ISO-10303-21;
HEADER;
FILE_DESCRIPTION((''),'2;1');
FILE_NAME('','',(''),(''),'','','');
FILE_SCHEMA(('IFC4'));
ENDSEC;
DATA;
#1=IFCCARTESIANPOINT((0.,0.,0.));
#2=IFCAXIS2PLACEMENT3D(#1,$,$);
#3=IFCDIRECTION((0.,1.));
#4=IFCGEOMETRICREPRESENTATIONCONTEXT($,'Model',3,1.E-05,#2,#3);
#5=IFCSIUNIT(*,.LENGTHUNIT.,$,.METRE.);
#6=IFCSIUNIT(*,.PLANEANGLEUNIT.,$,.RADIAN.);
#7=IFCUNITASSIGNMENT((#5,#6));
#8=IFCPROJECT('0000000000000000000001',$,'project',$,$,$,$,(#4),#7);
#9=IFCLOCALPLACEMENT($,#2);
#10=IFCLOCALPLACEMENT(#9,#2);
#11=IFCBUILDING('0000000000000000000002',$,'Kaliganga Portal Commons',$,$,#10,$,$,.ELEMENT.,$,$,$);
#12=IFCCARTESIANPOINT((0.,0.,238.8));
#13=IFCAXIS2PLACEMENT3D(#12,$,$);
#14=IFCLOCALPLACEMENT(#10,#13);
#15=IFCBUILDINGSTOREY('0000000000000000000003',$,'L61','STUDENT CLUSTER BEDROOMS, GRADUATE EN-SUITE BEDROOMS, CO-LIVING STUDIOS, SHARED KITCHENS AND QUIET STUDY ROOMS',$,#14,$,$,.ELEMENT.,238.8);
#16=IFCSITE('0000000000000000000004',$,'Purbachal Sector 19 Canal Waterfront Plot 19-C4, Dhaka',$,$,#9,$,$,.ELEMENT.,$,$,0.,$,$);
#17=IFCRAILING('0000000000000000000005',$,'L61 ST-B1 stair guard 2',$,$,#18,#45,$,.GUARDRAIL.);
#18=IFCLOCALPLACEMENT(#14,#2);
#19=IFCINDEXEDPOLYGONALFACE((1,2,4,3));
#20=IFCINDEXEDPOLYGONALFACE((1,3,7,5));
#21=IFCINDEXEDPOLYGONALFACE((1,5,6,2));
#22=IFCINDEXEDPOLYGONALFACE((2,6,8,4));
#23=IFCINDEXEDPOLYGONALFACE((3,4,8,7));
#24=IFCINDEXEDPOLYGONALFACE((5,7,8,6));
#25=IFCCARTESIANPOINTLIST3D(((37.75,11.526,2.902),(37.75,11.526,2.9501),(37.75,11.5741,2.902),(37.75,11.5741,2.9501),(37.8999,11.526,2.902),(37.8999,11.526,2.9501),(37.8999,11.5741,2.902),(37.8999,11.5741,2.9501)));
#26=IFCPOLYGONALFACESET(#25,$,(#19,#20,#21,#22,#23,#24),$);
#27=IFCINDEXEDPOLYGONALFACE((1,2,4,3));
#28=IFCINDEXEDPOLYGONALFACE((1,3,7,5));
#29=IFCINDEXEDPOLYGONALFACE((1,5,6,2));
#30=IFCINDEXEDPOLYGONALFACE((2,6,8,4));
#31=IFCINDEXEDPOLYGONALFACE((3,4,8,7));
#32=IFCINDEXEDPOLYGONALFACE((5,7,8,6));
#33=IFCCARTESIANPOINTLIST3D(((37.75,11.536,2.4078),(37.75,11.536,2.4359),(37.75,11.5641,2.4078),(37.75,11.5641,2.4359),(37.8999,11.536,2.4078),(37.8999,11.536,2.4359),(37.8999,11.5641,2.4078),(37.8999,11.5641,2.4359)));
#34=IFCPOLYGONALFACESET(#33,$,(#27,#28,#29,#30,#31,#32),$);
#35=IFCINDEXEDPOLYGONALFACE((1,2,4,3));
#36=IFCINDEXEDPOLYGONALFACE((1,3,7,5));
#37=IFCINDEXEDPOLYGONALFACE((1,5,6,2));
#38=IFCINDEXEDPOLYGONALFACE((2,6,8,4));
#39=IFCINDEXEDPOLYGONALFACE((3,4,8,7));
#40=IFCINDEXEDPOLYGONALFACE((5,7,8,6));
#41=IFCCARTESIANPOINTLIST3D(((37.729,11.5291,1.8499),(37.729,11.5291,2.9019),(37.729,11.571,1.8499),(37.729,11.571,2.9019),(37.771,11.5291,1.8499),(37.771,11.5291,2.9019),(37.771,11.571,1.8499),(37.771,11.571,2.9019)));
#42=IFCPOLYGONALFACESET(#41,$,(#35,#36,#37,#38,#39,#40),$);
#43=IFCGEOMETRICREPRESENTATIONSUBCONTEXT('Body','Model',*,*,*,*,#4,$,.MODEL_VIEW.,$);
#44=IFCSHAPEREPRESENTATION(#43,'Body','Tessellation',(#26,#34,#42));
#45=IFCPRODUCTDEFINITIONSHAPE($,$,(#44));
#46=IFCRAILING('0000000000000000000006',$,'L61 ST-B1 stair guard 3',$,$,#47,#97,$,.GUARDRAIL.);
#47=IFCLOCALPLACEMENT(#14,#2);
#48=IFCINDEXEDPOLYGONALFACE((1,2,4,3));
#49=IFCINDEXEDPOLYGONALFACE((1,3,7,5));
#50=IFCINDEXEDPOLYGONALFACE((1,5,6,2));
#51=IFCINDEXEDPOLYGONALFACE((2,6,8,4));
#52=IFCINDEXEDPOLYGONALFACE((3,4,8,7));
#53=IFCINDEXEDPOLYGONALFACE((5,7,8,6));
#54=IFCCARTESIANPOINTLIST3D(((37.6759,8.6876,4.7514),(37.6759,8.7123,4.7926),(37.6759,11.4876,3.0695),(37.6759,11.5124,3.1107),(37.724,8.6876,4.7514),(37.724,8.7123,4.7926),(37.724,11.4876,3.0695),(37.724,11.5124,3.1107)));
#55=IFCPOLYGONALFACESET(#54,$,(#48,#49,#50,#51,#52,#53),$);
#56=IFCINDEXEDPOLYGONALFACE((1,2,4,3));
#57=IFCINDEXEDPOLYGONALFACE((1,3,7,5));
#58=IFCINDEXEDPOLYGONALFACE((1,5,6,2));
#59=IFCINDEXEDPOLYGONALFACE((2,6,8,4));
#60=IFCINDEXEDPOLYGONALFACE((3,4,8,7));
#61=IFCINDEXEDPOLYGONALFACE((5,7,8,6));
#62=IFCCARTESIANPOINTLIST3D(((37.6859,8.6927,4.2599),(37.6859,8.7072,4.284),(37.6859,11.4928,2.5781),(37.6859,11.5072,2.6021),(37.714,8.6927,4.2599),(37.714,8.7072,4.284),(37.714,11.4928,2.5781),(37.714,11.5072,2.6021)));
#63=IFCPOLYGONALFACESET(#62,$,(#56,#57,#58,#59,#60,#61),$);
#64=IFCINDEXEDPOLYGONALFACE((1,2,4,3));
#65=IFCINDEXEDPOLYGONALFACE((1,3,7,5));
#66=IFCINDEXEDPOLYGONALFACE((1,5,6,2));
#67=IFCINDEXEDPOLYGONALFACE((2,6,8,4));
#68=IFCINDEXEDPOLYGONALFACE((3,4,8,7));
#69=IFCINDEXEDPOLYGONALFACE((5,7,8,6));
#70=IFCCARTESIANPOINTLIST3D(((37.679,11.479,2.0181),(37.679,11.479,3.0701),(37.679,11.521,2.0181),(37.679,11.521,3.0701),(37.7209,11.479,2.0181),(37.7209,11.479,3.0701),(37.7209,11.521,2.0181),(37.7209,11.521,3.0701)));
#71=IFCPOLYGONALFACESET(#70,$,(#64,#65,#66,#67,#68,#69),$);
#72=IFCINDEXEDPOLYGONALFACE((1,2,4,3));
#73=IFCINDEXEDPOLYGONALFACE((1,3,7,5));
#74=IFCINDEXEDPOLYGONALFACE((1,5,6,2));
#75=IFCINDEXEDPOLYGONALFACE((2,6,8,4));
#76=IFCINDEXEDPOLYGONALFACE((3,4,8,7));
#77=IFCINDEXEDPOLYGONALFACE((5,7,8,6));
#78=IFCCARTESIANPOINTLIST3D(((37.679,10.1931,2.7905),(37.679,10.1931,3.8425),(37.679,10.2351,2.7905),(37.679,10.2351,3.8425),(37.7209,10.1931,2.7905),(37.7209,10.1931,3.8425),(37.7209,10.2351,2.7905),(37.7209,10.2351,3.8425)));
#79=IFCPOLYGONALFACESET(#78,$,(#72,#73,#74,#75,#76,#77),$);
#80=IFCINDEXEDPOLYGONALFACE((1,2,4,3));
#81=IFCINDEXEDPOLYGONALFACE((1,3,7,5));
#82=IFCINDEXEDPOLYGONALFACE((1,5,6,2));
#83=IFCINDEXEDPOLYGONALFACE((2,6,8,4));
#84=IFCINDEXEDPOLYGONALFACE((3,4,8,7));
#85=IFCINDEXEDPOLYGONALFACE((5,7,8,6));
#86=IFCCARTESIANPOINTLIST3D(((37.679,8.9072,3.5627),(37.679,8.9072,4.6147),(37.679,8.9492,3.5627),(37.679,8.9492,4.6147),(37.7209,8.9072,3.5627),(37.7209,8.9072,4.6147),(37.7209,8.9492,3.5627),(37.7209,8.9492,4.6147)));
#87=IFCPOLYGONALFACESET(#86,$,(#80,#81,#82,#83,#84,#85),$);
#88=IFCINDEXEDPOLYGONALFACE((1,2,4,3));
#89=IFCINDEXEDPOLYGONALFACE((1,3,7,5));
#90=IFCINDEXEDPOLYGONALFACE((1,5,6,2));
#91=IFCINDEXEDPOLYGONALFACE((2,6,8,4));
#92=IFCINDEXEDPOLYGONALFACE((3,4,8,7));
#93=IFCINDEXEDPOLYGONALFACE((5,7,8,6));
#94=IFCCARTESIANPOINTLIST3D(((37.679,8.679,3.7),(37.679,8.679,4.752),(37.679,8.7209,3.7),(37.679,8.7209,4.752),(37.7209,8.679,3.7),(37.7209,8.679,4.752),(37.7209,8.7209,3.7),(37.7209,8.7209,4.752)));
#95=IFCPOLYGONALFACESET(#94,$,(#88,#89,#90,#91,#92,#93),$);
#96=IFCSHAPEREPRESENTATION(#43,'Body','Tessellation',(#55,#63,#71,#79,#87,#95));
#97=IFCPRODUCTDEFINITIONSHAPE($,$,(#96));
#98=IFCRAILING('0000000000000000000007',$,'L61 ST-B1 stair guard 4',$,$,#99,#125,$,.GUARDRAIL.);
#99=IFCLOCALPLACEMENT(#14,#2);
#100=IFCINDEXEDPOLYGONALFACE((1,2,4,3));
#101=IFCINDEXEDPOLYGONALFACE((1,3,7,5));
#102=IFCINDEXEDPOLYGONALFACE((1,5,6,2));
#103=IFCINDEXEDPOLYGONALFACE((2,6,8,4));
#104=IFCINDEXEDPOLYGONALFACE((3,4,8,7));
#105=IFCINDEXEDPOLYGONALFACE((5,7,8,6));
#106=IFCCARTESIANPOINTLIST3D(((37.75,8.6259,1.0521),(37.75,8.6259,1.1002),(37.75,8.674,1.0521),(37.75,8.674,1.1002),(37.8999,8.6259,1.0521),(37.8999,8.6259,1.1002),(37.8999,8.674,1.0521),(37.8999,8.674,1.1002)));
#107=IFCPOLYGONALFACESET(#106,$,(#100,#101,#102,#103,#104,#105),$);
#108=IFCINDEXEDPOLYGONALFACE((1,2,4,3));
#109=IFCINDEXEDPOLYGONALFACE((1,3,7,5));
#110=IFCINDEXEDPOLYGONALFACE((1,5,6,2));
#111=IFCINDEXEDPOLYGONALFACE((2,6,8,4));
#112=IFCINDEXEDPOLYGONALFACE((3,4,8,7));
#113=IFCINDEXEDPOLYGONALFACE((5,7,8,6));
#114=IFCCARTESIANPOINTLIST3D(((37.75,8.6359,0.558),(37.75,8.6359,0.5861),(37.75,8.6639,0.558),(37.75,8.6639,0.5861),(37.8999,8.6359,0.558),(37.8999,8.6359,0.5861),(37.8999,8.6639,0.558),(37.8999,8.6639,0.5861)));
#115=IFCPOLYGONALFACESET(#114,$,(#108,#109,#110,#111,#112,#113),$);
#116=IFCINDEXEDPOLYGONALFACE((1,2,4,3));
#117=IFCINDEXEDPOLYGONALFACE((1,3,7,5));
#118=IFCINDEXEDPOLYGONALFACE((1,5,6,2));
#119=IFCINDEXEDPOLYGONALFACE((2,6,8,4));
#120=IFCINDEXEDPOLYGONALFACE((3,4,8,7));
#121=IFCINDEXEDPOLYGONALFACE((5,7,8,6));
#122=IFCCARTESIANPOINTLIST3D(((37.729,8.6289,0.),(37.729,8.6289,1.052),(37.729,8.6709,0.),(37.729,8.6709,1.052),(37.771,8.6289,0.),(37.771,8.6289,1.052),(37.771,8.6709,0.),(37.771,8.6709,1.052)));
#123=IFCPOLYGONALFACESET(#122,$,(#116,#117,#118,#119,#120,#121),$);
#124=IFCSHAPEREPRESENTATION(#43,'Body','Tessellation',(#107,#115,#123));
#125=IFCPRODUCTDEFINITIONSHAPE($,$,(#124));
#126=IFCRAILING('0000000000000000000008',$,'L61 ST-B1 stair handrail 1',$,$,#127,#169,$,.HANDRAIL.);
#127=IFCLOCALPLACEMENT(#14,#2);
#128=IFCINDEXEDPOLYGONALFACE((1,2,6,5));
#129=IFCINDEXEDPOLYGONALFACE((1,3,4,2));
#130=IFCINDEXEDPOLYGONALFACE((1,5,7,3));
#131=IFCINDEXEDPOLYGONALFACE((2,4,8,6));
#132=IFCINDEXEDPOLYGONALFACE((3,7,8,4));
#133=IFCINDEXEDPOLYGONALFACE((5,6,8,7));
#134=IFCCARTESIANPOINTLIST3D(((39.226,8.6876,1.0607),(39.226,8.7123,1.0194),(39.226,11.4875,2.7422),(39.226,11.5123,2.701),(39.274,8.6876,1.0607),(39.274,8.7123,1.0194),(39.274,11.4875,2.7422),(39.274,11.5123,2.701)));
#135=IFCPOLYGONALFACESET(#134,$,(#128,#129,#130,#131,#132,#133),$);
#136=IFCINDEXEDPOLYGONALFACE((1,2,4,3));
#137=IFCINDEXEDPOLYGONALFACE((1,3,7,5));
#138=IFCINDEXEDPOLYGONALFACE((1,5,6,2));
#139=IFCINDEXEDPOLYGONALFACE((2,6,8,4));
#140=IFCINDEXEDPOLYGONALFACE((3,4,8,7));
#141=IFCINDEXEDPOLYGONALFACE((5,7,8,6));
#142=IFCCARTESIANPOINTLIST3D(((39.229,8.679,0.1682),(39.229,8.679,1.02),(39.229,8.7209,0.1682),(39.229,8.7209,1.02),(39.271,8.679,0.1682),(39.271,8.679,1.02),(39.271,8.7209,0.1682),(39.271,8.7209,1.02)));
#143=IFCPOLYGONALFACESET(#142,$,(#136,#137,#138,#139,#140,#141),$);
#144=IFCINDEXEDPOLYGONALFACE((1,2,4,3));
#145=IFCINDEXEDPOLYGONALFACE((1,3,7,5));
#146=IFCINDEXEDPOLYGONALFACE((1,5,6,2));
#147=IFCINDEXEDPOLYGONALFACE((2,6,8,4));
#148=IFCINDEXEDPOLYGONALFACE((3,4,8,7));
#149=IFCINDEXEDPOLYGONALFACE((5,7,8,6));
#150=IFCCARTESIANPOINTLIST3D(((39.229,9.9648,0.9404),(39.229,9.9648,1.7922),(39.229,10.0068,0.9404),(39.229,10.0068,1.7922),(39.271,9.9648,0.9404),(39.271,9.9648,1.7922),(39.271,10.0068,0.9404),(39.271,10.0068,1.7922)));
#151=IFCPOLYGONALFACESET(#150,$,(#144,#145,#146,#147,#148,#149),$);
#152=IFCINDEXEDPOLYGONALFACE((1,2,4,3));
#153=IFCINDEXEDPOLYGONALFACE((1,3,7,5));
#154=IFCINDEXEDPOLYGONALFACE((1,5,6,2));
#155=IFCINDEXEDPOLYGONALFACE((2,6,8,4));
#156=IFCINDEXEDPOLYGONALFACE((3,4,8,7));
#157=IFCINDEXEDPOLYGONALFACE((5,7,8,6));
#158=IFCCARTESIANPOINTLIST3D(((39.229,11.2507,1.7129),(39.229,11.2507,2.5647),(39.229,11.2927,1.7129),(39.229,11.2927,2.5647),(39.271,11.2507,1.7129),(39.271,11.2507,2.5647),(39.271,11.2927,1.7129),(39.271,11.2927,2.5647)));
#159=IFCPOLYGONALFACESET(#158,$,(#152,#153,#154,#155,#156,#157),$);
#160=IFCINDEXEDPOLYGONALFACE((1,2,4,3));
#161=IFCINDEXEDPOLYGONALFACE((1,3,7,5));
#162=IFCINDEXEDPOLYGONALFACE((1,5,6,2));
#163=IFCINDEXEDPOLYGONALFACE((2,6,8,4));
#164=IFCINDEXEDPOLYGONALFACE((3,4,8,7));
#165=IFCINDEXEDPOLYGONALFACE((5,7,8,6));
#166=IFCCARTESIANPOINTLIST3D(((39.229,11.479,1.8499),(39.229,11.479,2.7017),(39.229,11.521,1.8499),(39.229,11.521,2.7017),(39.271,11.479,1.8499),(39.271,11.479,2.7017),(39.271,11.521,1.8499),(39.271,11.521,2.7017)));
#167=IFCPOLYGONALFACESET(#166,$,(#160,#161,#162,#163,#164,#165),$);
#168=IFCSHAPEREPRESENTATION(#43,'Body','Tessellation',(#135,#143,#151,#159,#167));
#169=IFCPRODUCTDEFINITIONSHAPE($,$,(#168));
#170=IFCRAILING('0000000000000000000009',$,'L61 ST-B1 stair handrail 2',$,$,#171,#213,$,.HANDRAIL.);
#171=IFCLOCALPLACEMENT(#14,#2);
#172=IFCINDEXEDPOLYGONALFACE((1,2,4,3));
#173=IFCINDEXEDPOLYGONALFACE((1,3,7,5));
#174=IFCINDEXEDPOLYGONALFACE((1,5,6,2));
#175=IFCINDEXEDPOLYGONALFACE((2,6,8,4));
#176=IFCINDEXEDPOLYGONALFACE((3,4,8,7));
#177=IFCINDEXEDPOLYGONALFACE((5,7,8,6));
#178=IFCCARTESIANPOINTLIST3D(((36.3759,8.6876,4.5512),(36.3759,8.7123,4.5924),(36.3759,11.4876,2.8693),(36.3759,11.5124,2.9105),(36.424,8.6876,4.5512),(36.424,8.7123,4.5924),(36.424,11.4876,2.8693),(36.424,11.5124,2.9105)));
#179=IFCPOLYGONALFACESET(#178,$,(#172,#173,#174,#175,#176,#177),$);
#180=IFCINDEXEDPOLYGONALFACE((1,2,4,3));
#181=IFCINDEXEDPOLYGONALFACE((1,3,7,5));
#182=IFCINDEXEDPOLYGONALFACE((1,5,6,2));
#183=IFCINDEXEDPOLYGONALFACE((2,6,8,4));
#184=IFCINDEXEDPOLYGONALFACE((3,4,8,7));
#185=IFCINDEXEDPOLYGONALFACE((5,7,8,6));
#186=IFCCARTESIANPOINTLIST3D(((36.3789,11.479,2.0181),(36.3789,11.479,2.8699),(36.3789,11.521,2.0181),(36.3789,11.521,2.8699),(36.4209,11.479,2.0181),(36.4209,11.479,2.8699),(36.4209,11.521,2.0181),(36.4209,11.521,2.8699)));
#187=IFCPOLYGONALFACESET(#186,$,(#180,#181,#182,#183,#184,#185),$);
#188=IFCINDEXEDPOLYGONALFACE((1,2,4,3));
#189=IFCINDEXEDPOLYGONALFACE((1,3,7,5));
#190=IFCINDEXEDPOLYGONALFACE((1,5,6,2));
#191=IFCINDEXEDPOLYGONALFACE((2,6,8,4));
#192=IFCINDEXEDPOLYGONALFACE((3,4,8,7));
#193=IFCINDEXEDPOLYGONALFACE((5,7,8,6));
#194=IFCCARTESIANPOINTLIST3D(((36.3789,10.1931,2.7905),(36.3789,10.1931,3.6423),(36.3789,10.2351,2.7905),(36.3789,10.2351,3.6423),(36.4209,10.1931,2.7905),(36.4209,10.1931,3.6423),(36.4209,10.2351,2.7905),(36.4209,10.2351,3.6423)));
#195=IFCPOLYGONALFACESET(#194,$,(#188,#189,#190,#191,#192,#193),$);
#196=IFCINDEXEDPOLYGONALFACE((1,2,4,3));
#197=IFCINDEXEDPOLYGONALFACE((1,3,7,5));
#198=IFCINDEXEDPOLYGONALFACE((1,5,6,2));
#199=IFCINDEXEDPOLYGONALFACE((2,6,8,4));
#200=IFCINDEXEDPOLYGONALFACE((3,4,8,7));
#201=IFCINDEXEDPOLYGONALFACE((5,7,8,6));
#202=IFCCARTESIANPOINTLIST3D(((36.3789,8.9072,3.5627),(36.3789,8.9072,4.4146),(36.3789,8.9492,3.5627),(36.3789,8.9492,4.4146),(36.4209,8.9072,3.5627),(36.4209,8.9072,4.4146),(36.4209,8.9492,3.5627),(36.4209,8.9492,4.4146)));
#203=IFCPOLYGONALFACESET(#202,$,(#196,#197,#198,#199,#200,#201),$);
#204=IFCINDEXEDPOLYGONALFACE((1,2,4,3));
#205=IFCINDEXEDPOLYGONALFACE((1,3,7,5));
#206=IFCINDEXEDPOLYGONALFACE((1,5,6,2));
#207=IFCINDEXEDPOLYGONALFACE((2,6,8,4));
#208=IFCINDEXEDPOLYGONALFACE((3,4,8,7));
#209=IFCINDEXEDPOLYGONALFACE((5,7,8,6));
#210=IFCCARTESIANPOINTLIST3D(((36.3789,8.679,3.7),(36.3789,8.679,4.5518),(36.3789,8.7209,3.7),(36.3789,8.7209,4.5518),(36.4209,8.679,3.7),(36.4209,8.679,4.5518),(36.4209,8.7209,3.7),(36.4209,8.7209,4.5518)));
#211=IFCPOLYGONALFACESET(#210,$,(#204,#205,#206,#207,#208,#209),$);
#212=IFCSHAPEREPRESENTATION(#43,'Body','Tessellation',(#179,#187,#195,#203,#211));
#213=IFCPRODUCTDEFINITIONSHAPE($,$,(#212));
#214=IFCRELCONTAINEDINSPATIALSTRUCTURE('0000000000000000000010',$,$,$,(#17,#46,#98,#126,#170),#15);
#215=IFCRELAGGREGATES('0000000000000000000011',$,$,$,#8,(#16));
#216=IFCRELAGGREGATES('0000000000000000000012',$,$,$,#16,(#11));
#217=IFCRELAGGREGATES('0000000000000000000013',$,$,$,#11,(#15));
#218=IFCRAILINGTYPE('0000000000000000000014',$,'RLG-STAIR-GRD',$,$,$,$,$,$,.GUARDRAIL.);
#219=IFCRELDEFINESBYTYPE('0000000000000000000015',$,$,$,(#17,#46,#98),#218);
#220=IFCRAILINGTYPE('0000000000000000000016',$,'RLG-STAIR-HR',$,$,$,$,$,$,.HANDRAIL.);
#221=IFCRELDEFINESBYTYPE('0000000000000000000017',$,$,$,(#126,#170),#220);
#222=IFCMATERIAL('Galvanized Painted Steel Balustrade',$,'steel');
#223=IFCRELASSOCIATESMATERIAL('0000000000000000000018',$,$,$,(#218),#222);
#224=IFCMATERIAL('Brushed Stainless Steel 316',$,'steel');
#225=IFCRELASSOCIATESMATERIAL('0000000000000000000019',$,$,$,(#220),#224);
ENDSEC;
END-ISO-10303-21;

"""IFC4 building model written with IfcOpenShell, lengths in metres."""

from ifc_helpers import new_model, si_unit, direction, frame, origin, origin_2d, place, context, subcontext, project, spatial, rectangle, extrude, material, type_object, element, save


model = new_model("IFC4")

# Units and contexts
model_context = context("Model", 3, precision=1e-05, world=origin(), true_north=direction((0.0, 1.0)))
body_context = subcontext(model_context, "Body", "Model", "MODEL_VIEW")
ifc_project = project(units=[si_unit("LENGTHUNIT", "METRE"), si_unit("PLANEANGLEUNIT", "RADIAN")], contexts=[model_context])

# Site, building, storey
site_placement = place(None, origin())
site = spatial("IfcSite", under=ifc_project, at=site_placement, Name="Purbachal Sector 19 Canal Waterfront Plot 19-C4, Dhaka", CompositionType="ELEMENT", RefElevation=0.0)
building_placement = place(site_placement, origin())
building = spatial("IfcBuilding", under=site, at=building_placement, Name="Kaliganga Portal Commons", CompositionType="ELEMENT")
storey_placement = place(building_placement, frame((0.0, 0.0, 238.8)))
storey = spatial("IfcBuildingStorey", under=building, at=storey_placement, Name="L61", Description="STUDENT CLUSTER BEDROOMS, GRADUATE EN-SUITE BEDROOMS, CO-LIVING STUDIOS, SHARED KITCHENS AND QUIET STUDY ROOMS", CompositionType="ELEMENT", Elevation=238.8)

# Railings
ifc_material_1 = material(Name="Galvanized Painted Steel Balustrade", Category="steel")
railing_type_1 = type_object("IfcRailingType", Name="RLG-STAIR-GRD", PredefinedType="GUARDRAIL", material=ifc_material_1)
railing_1_placement = place(storey_placement, frame((37.8999, 11.55, 1.8499)))
element("IfcRailing", 1, at=railing_1_placement, inside=storey, type_object=railing_type_1, Name="L61 ST-B1 stair guard 2", PredefinedType="GUARDRAIL", context=body_context, shape_type="SweptSolid", body=[
    extrude(rectangle(XDim=0.0481, YDim=0.0481, at=origin_2d()), frame((0.0, 0.0, 1.0762), z_axis=(-1.0, 0.0, 0.0), x_axis=(0.0, -1.0, 0.0)), (0.0, 0.0, 1.0), 0.1499),
    extrude(rectangle(XDim=0.0281, YDim=0.0281, at=origin_2d()), frame((0.0, 0.0, 0.572), z_axis=(-1.0, 0.0, 0.0), x_axis=(0.0, -1.0, 0.0)), (0.0, 0.0, 1.0), 0.1499),
    extrude(rectangle(XDim=0.042, YDim=0.042, at=origin_2d()), frame((-0.1499, 0.0, 0.0)), (0.0, 0.0, 1.0), 1.052),
])
railing_2_placement = place(storey_placement, frame((37.7, 11.5, 2.0181)))
element("IfcRailing", 2, at=railing_2_placement, inside=storey, type_object=railing_type_1, Name="L61 ST-B1 stair guard 3", PredefinedType="GUARDRAIL", context=body_context, shape_type="SweptSolid", body=[
    extrude(rectangle(XDim=0.0481, YDim=0.0481, at=origin_2d()), frame((0.0, 0.0, 1.072), z_axis=(0.0, -0.857242, 0.514913), x_axis=(1.0, 0.0, 0.0)), (0.0, 0.0, 1.0), 3.2664),
    extrude(rectangle(XDim=0.0281, YDim=0.0281, at=origin_2d()), frame((0.0, 0.0, 0.572), z_axis=(0.0, -0.857242, 0.514913), x_axis=(1.0, 0.0, 0.0)), (0.0, 0.0, 1.0), 3.2664),
    extrude(rectangle(XDim=0.042, YDim=0.042, at=origin_2d()), origin(), (0.0, 0.0, 1.0), 1.052),
    extrude(rectangle(XDim=0.042, YDim=0.042, at=origin_2d()), frame((0.0, -1.2859, 0.7725)), (0.0, 0.0, 1.0), 1.052),
    extrude(rectangle(XDim=0.042, YDim=0.042, at=origin_2d()), frame((0.0, -2.5718, 1.5447)), (0.0, 0.0, 1.0), 1.052),
    extrude(rectangle(XDim=0.042, YDim=0.042, at=origin_2d()), frame((0.0, -2.8, 1.6819)), (0.0, 0.0, 1.0), 1.052),
])
railing_3_placement = place(storey_placement, frame((37.8999, 8.6499, 0.0)))
element("IfcRailing", 3, at=railing_3_placement, inside=storey, type_object=railing_type_1, Name="L61 ST-B1 stair guard 4", PredefinedType="GUARDRAIL", context=body_context, shape_type="SweptSolid", body=[
    extrude(rectangle(XDim=0.0481, YDim=0.0481, at=origin_2d()), frame((0.0, 0.0, 1.0762), z_axis=(-1.0, 0.0, 0.0), x_axis=(0.0, -1.0, 0.0)), (0.0, 0.0, 1.0), 0.1499),
    extrude(rectangle(XDim=0.0281, YDim=0.0281, at=origin_2d()), frame((0.0, 0.0, 0.572), z_axis=(-1.0, 0.0, 0.0), x_axis=(0.0, -1.0, 0.0)), (0.0, 0.0, 1.0), 0.1499),
    extrude(rectangle(XDim=0.042, YDim=0.042, at=origin_2d()), frame((-0.1499, 0.0, 0.0)), (0.0, 0.0, 1.0), 1.052),
])
ifc_material_2 = material(Name="Brushed Stainless Steel 316", Category="steel")
railing_type_2 = type_object("IfcRailingType", Name="RLG-STAIR-HR", PredefinedType="HANDRAIL", material=ifc_material_2)
railing_4_placement = place(storey_placement, frame((39.25, 8.7, 0.1682)))
element("IfcRailing", 4, at=railing_4_placement, inside=storey, type_object=railing_type_2, Name="L61 ST-B1 stair handrail 1", PredefinedType="HANDRAIL", context=body_context, shape_type="SweptSolid", body=[
    extrude(rectangle(XDim=0.0481, YDim=0.0481, at=origin_2d()), frame((0.0, 0.0, 0.8718), z_axis=(0.0, 0.857275, 0.514858), x_axis=(-1.0, 0.0, 0.0)), (0.0, 0.0, 1.0), 3.2661),
    extrude(rectangle(XDim=0.042, YDim=0.042, at=origin_2d()), origin(), (0.0, 0.0, 1.0), 0.8518),
    extrude(rectangle(XDim=0.042, YDim=0.042, at=origin_2d()), frame((0.0, 1.2859, 0.7722)), (0.0, 0.0, 1.0), 0.8518),
    extrude(rectangle(XDim=0.042, YDim=0.042, at=origin_2d()), frame((0.0, 2.5718, 1.5447)), (0.0, 0.0, 1.0), 0.8518),
    extrude(rectangle(XDim=0.042, YDim=0.042, at=origin_2d()), frame((0.0, 2.8, 1.6816)), (0.0, 0.0, 1.0), 0.8518),
])
for number, where, name in (
    (5, (36.3999, 11.5, 2.0181), "L61 ST-B1 stair handrail 2"),
):
    element("IfcRailing", number, at=place(storey_placement, frame(where)), inside=storey, type_object=railing_type_2, Name=name, PredefinedType="HANDRAIL", context=body_context, shape_type="SweptSolid", body=[
        extrude(rectangle(XDim=0.0481, YDim=0.0481, at=origin_2d()), frame((0.0, 0.0, 0.8718), z_axis=(0.0, -0.857242, 0.514913), x_axis=(1.0, 0.0, 0.0)), (0.0, 0.0, 1.0), 3.2664),
        extrude(rectangle(XDim=0.042, YDim=0.042, at=origin_2d()), origin(), (0.0, 0.0, 1.0), 0.8518),
        extrude(rectangle(XDim=0.042, YDim=0.042, at=origin_2d()), frame((0.0, -1.2859, 0.7725)), (0.0, 0.0, 1.0), 0.8518),
        extrude(rectangle(XDim=0.042, YDim=0.042, at=origin_2d()), frame((0.0, -2.5718, 1.5447)), (0.0, 0.0, 1.0), 0.8518),
        extrude(rectangle(XDim=0.042, YDim=0.042, at=origin_2d()), frame((0.0, -2.8, 1.6819)), (0.0, 0.0, 1.0), 0.8518),
    ])

save(model, "model.ifc")
